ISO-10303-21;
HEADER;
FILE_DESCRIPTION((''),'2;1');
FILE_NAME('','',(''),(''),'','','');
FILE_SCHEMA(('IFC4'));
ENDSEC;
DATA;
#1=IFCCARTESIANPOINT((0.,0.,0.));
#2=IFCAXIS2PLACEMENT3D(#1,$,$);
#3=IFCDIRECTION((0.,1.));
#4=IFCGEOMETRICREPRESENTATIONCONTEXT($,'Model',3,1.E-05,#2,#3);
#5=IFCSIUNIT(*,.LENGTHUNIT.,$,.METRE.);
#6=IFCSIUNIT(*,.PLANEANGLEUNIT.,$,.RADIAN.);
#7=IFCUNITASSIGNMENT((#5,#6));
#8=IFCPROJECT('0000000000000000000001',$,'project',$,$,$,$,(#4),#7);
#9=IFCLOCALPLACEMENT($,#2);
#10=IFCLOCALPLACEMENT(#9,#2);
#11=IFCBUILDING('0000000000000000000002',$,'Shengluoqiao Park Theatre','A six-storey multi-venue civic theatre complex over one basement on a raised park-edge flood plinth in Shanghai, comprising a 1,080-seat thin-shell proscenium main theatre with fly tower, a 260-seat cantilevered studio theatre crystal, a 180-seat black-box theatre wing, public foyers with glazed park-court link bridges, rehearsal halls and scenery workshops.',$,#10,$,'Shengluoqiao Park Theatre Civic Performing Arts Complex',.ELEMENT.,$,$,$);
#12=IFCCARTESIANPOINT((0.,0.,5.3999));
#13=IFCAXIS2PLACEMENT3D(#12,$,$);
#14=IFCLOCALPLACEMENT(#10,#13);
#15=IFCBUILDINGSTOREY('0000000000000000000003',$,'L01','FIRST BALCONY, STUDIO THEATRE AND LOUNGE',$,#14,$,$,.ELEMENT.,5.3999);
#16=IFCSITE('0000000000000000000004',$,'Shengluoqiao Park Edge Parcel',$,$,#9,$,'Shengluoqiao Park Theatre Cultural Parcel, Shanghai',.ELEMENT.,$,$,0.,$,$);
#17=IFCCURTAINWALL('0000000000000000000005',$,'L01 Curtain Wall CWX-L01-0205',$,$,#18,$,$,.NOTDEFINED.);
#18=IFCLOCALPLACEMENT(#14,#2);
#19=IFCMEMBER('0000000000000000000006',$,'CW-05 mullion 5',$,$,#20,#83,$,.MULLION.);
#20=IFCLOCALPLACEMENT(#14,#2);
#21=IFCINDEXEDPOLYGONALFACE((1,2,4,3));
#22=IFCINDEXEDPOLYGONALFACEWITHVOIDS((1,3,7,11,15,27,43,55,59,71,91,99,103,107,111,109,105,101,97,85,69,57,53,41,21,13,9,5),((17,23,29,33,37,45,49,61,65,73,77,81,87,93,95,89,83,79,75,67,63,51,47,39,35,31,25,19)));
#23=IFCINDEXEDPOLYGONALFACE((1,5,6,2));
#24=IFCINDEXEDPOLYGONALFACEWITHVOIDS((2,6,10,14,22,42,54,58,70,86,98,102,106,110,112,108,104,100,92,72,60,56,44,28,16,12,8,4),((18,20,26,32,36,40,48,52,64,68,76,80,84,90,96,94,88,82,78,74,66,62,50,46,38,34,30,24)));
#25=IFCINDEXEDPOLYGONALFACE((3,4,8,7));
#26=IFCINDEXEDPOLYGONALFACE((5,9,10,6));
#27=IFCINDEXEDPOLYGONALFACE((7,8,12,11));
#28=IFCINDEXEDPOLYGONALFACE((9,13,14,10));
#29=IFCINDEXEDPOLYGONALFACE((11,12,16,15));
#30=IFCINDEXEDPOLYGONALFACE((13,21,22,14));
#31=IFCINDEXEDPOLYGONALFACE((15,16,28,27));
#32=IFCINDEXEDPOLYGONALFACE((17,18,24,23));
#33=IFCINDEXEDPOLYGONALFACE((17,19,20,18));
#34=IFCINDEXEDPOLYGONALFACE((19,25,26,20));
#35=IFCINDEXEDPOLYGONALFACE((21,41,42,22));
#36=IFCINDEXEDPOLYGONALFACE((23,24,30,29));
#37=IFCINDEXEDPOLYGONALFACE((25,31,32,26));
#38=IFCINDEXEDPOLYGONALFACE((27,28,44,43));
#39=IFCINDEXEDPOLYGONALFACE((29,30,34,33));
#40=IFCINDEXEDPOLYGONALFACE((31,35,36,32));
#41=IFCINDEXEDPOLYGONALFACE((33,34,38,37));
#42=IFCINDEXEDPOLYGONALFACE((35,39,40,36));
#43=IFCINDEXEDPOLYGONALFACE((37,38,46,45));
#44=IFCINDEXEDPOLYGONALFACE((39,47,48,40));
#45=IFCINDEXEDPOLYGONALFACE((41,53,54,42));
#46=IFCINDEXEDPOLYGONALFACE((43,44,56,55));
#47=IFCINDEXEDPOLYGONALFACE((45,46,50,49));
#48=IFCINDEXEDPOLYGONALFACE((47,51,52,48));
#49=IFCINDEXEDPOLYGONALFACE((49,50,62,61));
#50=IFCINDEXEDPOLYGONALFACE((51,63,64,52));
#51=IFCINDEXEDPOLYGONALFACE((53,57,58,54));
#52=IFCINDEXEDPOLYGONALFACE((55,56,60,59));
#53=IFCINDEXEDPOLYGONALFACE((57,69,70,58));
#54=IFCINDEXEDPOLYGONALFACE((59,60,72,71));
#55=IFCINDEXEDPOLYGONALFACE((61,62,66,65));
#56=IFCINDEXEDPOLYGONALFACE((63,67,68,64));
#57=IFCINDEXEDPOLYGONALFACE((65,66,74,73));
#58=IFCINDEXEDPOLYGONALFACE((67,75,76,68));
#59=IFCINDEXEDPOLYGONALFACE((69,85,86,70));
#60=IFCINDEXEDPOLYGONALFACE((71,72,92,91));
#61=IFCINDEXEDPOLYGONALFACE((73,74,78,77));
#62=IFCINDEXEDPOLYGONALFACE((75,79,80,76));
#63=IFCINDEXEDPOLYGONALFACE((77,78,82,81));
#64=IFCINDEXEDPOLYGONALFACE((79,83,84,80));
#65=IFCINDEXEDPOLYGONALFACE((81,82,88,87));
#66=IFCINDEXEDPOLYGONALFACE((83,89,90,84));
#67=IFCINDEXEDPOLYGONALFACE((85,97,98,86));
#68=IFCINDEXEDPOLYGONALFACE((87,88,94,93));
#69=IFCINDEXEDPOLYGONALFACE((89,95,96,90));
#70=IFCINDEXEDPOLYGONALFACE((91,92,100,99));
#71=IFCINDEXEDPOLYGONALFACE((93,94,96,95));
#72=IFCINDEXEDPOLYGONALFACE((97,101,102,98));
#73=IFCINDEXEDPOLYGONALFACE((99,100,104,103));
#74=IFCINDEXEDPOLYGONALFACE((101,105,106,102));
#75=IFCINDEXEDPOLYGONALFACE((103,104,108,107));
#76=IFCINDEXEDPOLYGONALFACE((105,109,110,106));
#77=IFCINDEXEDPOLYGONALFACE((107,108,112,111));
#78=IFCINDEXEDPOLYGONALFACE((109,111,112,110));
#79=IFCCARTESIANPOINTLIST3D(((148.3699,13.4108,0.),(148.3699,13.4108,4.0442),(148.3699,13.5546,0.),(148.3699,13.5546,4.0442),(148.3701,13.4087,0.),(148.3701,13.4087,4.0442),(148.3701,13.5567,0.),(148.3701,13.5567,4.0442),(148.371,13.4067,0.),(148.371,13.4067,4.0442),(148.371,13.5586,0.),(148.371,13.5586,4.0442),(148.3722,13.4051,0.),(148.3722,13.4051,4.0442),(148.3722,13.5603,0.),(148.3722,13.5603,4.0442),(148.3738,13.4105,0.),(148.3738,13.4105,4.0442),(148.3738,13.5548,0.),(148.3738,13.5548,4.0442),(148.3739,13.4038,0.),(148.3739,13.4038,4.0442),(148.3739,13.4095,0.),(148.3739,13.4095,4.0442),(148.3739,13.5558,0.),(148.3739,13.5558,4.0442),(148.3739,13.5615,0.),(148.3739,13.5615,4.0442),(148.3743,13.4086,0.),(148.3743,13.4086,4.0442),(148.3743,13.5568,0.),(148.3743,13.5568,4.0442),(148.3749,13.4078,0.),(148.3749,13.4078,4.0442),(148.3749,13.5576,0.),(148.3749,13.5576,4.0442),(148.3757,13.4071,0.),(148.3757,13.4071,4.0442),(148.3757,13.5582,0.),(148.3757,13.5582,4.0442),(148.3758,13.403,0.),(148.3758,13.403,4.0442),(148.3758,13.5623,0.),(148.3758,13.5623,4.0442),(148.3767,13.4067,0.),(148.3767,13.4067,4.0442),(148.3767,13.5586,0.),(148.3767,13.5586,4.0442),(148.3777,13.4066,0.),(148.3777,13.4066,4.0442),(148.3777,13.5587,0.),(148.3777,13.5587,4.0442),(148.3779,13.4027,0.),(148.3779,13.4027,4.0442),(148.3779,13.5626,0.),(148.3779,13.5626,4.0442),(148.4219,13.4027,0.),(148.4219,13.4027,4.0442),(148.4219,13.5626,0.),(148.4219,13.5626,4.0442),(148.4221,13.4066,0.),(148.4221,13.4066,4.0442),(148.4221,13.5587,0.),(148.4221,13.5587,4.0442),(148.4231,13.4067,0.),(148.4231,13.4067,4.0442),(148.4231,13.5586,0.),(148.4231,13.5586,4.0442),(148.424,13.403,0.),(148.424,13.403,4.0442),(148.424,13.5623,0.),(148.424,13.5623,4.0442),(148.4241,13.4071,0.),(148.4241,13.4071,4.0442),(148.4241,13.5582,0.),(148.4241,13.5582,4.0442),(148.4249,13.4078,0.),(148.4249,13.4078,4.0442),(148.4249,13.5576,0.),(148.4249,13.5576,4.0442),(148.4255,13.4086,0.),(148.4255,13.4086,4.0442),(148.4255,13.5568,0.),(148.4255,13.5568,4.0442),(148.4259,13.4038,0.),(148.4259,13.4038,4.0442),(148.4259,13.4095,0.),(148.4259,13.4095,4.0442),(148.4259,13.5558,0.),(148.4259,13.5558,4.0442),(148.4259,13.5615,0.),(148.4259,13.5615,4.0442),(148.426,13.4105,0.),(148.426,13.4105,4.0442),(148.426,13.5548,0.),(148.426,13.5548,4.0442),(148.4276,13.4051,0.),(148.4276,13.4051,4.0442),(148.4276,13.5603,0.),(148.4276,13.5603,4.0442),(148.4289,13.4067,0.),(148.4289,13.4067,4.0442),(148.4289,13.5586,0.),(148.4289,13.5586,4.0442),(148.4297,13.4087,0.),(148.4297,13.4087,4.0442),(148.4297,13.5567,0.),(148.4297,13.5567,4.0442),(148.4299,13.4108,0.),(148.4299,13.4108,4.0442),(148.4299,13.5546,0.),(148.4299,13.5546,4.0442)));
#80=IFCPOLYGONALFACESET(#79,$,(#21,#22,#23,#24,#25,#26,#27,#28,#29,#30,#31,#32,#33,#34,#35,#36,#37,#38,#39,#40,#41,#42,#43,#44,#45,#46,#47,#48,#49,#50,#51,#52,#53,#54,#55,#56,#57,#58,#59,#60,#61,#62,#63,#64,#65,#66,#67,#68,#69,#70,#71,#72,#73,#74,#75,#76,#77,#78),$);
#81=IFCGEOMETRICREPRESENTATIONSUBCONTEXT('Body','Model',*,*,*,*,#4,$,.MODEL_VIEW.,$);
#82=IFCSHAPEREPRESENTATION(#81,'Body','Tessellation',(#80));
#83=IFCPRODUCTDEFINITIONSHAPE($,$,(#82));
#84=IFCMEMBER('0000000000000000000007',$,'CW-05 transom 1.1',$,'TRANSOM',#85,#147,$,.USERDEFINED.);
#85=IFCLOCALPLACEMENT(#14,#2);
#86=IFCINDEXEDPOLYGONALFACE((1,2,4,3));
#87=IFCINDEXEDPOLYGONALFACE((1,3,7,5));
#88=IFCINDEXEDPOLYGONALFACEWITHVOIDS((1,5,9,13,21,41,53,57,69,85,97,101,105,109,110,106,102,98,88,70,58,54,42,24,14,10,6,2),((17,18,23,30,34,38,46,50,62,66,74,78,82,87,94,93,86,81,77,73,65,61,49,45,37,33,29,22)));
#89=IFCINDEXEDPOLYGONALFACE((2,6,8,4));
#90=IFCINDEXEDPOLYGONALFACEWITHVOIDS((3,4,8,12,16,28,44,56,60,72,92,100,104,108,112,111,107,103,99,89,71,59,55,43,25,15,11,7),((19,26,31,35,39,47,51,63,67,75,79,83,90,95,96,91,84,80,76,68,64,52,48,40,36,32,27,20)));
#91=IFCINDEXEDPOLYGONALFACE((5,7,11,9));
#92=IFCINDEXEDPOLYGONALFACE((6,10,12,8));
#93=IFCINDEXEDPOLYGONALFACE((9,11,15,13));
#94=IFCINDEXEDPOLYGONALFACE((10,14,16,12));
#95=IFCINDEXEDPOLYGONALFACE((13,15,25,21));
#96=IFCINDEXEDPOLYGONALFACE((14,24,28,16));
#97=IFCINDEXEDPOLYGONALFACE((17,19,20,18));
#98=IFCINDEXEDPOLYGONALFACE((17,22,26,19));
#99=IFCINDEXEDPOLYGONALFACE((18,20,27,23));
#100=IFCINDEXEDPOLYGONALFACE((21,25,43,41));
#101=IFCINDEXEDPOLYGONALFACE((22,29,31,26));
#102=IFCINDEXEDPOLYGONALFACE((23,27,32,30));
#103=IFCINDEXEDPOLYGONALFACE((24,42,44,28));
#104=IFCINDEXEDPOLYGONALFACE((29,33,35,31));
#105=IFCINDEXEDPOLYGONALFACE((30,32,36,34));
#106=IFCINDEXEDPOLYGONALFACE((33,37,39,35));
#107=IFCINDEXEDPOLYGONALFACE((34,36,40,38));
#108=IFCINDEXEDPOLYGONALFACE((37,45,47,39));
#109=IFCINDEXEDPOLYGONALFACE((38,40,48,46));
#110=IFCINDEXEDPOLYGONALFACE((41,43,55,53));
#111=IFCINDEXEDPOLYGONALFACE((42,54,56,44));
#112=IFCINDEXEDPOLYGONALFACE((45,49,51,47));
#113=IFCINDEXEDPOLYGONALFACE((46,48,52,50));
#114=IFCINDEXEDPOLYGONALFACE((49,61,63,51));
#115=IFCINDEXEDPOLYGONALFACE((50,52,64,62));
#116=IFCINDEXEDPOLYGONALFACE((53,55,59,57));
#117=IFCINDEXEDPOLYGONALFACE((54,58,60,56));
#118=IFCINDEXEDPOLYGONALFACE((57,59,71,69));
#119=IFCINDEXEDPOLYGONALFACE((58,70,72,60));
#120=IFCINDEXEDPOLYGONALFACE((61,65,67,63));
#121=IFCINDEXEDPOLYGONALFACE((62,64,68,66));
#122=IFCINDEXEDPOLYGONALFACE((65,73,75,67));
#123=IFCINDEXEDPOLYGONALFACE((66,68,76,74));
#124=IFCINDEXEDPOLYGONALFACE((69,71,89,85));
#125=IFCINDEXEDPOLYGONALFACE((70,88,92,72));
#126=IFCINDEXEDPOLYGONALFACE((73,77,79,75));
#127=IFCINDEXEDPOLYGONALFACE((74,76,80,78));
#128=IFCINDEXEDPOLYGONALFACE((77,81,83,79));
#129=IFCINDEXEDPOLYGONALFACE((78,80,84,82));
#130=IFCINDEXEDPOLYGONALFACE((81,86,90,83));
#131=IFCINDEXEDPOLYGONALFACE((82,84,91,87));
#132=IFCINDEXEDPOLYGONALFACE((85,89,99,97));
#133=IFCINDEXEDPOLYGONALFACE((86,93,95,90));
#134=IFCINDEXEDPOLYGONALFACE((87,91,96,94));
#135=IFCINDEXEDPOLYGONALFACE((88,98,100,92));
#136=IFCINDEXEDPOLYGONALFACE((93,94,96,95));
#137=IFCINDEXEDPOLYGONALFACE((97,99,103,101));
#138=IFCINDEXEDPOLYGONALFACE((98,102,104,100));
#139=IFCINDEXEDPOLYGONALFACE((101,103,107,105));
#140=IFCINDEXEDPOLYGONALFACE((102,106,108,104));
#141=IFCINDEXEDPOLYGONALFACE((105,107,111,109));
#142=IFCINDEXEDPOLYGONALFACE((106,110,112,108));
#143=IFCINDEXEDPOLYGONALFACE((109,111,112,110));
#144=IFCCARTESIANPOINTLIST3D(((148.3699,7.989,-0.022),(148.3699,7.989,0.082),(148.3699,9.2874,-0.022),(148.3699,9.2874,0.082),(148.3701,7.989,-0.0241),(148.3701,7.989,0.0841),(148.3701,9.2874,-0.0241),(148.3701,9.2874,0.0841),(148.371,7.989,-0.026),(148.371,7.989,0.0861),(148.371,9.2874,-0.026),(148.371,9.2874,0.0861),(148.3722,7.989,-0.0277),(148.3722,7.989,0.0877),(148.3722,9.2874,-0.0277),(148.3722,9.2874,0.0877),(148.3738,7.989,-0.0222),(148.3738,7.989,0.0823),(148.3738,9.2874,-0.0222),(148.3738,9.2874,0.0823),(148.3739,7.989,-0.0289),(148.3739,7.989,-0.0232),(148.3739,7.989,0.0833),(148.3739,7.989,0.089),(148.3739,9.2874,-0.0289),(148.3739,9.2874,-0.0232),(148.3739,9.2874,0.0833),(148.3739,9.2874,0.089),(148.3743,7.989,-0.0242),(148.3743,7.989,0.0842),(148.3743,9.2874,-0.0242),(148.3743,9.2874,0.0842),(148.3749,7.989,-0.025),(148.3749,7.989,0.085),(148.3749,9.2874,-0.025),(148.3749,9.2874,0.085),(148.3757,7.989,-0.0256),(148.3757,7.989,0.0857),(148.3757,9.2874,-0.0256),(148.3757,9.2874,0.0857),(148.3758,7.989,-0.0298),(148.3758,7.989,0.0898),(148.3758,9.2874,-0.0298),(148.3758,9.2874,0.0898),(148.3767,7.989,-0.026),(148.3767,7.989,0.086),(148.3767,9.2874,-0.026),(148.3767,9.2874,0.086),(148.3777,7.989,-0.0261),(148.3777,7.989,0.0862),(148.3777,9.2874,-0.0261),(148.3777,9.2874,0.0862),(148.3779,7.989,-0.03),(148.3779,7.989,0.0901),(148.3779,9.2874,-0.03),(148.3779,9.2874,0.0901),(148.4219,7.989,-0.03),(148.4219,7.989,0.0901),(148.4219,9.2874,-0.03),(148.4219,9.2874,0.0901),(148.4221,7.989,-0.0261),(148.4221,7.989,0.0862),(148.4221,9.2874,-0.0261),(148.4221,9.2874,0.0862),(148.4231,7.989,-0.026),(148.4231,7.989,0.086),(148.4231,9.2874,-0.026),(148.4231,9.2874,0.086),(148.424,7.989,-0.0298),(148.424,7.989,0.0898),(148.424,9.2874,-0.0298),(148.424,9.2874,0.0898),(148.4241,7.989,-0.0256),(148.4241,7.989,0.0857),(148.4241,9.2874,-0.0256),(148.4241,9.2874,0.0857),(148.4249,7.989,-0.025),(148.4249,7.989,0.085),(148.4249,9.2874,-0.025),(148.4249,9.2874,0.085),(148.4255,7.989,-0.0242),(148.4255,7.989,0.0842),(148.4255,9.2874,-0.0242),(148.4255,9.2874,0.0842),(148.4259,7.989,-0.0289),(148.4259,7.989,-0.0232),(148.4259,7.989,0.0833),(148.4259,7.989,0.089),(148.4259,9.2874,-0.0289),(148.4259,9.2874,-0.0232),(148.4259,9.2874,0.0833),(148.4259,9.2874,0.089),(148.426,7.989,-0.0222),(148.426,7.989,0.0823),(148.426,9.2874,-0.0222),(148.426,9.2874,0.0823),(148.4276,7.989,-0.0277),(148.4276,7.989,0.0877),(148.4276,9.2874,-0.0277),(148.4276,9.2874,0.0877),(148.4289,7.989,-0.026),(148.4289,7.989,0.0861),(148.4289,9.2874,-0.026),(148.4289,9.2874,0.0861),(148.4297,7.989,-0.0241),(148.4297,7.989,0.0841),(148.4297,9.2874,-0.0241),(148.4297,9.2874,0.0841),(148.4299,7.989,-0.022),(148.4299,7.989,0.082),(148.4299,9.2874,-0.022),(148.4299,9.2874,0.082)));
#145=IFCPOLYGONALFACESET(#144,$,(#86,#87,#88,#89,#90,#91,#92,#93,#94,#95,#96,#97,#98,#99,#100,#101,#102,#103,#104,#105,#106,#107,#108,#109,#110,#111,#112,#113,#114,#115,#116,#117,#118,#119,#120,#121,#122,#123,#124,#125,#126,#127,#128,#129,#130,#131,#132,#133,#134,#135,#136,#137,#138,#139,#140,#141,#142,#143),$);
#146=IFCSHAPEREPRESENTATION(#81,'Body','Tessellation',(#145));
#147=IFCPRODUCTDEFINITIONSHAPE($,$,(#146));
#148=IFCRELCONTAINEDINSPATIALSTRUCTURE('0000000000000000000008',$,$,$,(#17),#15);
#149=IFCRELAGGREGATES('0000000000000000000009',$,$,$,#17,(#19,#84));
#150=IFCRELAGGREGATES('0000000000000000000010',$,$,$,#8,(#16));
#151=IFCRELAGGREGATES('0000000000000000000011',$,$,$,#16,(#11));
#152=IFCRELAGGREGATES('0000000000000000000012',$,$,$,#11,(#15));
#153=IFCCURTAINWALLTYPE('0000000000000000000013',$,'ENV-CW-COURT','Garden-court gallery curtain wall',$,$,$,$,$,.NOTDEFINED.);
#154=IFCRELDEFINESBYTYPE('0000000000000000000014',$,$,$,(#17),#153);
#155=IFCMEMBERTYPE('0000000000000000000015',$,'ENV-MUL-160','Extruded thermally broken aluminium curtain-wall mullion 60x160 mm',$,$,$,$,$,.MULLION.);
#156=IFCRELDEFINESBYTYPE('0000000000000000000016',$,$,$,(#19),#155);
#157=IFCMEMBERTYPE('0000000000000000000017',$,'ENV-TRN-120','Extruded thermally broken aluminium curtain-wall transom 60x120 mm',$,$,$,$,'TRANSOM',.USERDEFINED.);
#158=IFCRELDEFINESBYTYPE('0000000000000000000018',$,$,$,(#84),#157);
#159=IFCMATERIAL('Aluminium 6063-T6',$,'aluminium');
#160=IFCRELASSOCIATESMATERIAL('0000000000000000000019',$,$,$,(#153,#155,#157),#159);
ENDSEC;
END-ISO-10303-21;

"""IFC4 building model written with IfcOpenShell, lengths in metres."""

from ifc_helpers import new_model, si_unit, direction, frame, origin, origin_2d, place, context, subcontext, project, spatial, hollow_rectangle, extrude, material, material_profile, profile_set, type_object, element, aggregate, save


model = new_model("IFC4")

# Units and contexts
model_context = context("Model", 3, precision=1e-05, world=origin(), true_north=direction((0.0, 1.0)))
body_context = subcontext(model_context, "Body", "Model", "MODEL_VIEW")
ifc_project = project(units=[si_unit("LENGTHUNIT", "METRE"), si_unit("PLANEANGLEUNIT", "RADIAN")], contexts=[model_context])

# Site, building, storey
site_placement = place(None, origin())
site = spatial("IfcSite", under=ifc_project, at=site_placement, Name="Shengluoqiao Park Edge Parcel", LongName="Shengluoqiao Park Theatre Cultural Parcel, Shanghai", CompositionType="ELEMENT", RefElevation=0.0)
building_placement = place(site_placement, origin())
building = spatial("IfcBuilding", under=site, at=building_placement, Name="Shengluoqiao Park Theatre", Description="A six-storey multi-venue civic theatre complex over one basement on a raised park-edge flood plinth in Shanghai, comprising a 1,080-seat thin-shell proscenium main theatre with fly tower, a 260-seat cantilevered studio theatre crystal, a 180-seat black-box theatre wing, public foyers with glazed park-court link bridges, rehearsal halls and scenery workshops.", LongName="Shengluoqiao Park Theatre Civic Performing Arts Complex", CompositionType="ELEMENT")
storey_placement = place(building_placement, frame((0.0, 0.0, 5.3999)))
storey = spatial("IfcBuildingStorey", under=building, at=storey_placement, Name="L01", Description="FIRST BALCONY, STUDIO THEATRE AND LOUNGE", CompositionType="ELEMENT", Elevation=5.3999)

# Curtain wall, members
ifc_material_1 = material(Name="Aluminium 6063-T6", Category="aluminium")
curtain_wall_type = type_object("IfcCurtainWallType", Name="ENV-CW-COURT", Description="Garden-court gallery curtain wall", PredefinedType="NOTDEFINED", material=ifc_material_1)
curtain_wall_placement = place(storey_placement, origin())
curtain_wall = element("IfcCurtainWall", 1, at=curtain_wall_placement, inside=storey, type_object=curtain_wall_type, Name="L01 Curtain Wall CWX-L01-0205", PredefinedType="NOTDEFINED")
ifc_material_profile_1 = material_profile(ifc_material_1, hollow_rectangle(XDim=0.0601, YDim=0.1599, WallThickness=0.0039, InnerFilletRadius=0.0039, OuterFilletRadius=0.0081, at=origin_2d()), Name="ALU MULLION 160x60x4")
ifc_profile_set_1 = profile_set([ifc_material_profile_1], Name="Aluminium 6063-T6")
member_type_1 = type_object("IfcMemberType", Name="ENV-MUL-160", Description="Extruded thermally broken aluminium curtain-wall mullion 60x160 mm", PredefinedType="MULLION", material=ifc_profile_set_1)
member_1_placement = place(storey_placement, frame((148.3999, 13.4827, 0.0), z_axis=(0.0, 0.0, 1.0), x_axis=(-1.0, 0.0, 0.0)))
member_1 = element("IfcMember", 2, at=member_1_placement, type_object=member_type_1, Name="CW-05 mullion 5", PredefinedType="MULLION", context=body_context, shape_type="SweptSolid", body=[
    extrude(hollow_rectangle(XDim=0.0601, YDim=0.1599, WallThickness=0.0039, InnerFilletRadius=0.0039, OuterFilletRadius=0.0081, at=origin_2d()), origin(), (0.0, 0.0, 1.0), 4.0442),
])
ifc_material_profile_2 = material_profile(ifc_material_1, hollow_rectangle(XDim=0.0601, YDim=0.1201, WallThickness=0.0039, InnerFilletRadius=0.0039, OuterFilletRadius=0.0081, at=origin_2d()), Name="ALU TRANSOM 120x60x4")
ifc_profile_set_2 = profile_set([ifc_material_profile_2], Name="Aluminium 6063-T6")
member_type_2 = type_object("IfcMemberType", Name="ENV-TRN-120", Description="Extruded thermally broken aluminium curtain-wall transom 60x120 mm", ElementType="TRANSOM", PredefinedType="USERDEFINED", material=ifc_profile_set_2)
member_2_placement = place(storey_placement, frame((148.3999, 7.989, 0.03), z_axis=(0.0, 1.0, 0.0), x_axis=(-1.0, 0.0, 0.0)))
member_2 = element("IfcMember", 3, at=member_2_placement, type_object=member_type_2, Name="CW-05 transom 1.1", ObjectType="TRANSOM", PredefinedType="USERDEFINED", context=body_context, shape_type="SweptSolid", body=[
    extrude(hollow_rectangle(XDim=0.0601, YDim=0.1201, WallThickness=0.0039, InnerFilletRadius=0.0039, OuterFilletRadius=0.0081, at=origin_2d()), origin(), (0.0, 0.0, 1.0), 1.2983),
])

aggregate(curtain_wall, [member_1, member_2])

save(model, "model.ifc")
